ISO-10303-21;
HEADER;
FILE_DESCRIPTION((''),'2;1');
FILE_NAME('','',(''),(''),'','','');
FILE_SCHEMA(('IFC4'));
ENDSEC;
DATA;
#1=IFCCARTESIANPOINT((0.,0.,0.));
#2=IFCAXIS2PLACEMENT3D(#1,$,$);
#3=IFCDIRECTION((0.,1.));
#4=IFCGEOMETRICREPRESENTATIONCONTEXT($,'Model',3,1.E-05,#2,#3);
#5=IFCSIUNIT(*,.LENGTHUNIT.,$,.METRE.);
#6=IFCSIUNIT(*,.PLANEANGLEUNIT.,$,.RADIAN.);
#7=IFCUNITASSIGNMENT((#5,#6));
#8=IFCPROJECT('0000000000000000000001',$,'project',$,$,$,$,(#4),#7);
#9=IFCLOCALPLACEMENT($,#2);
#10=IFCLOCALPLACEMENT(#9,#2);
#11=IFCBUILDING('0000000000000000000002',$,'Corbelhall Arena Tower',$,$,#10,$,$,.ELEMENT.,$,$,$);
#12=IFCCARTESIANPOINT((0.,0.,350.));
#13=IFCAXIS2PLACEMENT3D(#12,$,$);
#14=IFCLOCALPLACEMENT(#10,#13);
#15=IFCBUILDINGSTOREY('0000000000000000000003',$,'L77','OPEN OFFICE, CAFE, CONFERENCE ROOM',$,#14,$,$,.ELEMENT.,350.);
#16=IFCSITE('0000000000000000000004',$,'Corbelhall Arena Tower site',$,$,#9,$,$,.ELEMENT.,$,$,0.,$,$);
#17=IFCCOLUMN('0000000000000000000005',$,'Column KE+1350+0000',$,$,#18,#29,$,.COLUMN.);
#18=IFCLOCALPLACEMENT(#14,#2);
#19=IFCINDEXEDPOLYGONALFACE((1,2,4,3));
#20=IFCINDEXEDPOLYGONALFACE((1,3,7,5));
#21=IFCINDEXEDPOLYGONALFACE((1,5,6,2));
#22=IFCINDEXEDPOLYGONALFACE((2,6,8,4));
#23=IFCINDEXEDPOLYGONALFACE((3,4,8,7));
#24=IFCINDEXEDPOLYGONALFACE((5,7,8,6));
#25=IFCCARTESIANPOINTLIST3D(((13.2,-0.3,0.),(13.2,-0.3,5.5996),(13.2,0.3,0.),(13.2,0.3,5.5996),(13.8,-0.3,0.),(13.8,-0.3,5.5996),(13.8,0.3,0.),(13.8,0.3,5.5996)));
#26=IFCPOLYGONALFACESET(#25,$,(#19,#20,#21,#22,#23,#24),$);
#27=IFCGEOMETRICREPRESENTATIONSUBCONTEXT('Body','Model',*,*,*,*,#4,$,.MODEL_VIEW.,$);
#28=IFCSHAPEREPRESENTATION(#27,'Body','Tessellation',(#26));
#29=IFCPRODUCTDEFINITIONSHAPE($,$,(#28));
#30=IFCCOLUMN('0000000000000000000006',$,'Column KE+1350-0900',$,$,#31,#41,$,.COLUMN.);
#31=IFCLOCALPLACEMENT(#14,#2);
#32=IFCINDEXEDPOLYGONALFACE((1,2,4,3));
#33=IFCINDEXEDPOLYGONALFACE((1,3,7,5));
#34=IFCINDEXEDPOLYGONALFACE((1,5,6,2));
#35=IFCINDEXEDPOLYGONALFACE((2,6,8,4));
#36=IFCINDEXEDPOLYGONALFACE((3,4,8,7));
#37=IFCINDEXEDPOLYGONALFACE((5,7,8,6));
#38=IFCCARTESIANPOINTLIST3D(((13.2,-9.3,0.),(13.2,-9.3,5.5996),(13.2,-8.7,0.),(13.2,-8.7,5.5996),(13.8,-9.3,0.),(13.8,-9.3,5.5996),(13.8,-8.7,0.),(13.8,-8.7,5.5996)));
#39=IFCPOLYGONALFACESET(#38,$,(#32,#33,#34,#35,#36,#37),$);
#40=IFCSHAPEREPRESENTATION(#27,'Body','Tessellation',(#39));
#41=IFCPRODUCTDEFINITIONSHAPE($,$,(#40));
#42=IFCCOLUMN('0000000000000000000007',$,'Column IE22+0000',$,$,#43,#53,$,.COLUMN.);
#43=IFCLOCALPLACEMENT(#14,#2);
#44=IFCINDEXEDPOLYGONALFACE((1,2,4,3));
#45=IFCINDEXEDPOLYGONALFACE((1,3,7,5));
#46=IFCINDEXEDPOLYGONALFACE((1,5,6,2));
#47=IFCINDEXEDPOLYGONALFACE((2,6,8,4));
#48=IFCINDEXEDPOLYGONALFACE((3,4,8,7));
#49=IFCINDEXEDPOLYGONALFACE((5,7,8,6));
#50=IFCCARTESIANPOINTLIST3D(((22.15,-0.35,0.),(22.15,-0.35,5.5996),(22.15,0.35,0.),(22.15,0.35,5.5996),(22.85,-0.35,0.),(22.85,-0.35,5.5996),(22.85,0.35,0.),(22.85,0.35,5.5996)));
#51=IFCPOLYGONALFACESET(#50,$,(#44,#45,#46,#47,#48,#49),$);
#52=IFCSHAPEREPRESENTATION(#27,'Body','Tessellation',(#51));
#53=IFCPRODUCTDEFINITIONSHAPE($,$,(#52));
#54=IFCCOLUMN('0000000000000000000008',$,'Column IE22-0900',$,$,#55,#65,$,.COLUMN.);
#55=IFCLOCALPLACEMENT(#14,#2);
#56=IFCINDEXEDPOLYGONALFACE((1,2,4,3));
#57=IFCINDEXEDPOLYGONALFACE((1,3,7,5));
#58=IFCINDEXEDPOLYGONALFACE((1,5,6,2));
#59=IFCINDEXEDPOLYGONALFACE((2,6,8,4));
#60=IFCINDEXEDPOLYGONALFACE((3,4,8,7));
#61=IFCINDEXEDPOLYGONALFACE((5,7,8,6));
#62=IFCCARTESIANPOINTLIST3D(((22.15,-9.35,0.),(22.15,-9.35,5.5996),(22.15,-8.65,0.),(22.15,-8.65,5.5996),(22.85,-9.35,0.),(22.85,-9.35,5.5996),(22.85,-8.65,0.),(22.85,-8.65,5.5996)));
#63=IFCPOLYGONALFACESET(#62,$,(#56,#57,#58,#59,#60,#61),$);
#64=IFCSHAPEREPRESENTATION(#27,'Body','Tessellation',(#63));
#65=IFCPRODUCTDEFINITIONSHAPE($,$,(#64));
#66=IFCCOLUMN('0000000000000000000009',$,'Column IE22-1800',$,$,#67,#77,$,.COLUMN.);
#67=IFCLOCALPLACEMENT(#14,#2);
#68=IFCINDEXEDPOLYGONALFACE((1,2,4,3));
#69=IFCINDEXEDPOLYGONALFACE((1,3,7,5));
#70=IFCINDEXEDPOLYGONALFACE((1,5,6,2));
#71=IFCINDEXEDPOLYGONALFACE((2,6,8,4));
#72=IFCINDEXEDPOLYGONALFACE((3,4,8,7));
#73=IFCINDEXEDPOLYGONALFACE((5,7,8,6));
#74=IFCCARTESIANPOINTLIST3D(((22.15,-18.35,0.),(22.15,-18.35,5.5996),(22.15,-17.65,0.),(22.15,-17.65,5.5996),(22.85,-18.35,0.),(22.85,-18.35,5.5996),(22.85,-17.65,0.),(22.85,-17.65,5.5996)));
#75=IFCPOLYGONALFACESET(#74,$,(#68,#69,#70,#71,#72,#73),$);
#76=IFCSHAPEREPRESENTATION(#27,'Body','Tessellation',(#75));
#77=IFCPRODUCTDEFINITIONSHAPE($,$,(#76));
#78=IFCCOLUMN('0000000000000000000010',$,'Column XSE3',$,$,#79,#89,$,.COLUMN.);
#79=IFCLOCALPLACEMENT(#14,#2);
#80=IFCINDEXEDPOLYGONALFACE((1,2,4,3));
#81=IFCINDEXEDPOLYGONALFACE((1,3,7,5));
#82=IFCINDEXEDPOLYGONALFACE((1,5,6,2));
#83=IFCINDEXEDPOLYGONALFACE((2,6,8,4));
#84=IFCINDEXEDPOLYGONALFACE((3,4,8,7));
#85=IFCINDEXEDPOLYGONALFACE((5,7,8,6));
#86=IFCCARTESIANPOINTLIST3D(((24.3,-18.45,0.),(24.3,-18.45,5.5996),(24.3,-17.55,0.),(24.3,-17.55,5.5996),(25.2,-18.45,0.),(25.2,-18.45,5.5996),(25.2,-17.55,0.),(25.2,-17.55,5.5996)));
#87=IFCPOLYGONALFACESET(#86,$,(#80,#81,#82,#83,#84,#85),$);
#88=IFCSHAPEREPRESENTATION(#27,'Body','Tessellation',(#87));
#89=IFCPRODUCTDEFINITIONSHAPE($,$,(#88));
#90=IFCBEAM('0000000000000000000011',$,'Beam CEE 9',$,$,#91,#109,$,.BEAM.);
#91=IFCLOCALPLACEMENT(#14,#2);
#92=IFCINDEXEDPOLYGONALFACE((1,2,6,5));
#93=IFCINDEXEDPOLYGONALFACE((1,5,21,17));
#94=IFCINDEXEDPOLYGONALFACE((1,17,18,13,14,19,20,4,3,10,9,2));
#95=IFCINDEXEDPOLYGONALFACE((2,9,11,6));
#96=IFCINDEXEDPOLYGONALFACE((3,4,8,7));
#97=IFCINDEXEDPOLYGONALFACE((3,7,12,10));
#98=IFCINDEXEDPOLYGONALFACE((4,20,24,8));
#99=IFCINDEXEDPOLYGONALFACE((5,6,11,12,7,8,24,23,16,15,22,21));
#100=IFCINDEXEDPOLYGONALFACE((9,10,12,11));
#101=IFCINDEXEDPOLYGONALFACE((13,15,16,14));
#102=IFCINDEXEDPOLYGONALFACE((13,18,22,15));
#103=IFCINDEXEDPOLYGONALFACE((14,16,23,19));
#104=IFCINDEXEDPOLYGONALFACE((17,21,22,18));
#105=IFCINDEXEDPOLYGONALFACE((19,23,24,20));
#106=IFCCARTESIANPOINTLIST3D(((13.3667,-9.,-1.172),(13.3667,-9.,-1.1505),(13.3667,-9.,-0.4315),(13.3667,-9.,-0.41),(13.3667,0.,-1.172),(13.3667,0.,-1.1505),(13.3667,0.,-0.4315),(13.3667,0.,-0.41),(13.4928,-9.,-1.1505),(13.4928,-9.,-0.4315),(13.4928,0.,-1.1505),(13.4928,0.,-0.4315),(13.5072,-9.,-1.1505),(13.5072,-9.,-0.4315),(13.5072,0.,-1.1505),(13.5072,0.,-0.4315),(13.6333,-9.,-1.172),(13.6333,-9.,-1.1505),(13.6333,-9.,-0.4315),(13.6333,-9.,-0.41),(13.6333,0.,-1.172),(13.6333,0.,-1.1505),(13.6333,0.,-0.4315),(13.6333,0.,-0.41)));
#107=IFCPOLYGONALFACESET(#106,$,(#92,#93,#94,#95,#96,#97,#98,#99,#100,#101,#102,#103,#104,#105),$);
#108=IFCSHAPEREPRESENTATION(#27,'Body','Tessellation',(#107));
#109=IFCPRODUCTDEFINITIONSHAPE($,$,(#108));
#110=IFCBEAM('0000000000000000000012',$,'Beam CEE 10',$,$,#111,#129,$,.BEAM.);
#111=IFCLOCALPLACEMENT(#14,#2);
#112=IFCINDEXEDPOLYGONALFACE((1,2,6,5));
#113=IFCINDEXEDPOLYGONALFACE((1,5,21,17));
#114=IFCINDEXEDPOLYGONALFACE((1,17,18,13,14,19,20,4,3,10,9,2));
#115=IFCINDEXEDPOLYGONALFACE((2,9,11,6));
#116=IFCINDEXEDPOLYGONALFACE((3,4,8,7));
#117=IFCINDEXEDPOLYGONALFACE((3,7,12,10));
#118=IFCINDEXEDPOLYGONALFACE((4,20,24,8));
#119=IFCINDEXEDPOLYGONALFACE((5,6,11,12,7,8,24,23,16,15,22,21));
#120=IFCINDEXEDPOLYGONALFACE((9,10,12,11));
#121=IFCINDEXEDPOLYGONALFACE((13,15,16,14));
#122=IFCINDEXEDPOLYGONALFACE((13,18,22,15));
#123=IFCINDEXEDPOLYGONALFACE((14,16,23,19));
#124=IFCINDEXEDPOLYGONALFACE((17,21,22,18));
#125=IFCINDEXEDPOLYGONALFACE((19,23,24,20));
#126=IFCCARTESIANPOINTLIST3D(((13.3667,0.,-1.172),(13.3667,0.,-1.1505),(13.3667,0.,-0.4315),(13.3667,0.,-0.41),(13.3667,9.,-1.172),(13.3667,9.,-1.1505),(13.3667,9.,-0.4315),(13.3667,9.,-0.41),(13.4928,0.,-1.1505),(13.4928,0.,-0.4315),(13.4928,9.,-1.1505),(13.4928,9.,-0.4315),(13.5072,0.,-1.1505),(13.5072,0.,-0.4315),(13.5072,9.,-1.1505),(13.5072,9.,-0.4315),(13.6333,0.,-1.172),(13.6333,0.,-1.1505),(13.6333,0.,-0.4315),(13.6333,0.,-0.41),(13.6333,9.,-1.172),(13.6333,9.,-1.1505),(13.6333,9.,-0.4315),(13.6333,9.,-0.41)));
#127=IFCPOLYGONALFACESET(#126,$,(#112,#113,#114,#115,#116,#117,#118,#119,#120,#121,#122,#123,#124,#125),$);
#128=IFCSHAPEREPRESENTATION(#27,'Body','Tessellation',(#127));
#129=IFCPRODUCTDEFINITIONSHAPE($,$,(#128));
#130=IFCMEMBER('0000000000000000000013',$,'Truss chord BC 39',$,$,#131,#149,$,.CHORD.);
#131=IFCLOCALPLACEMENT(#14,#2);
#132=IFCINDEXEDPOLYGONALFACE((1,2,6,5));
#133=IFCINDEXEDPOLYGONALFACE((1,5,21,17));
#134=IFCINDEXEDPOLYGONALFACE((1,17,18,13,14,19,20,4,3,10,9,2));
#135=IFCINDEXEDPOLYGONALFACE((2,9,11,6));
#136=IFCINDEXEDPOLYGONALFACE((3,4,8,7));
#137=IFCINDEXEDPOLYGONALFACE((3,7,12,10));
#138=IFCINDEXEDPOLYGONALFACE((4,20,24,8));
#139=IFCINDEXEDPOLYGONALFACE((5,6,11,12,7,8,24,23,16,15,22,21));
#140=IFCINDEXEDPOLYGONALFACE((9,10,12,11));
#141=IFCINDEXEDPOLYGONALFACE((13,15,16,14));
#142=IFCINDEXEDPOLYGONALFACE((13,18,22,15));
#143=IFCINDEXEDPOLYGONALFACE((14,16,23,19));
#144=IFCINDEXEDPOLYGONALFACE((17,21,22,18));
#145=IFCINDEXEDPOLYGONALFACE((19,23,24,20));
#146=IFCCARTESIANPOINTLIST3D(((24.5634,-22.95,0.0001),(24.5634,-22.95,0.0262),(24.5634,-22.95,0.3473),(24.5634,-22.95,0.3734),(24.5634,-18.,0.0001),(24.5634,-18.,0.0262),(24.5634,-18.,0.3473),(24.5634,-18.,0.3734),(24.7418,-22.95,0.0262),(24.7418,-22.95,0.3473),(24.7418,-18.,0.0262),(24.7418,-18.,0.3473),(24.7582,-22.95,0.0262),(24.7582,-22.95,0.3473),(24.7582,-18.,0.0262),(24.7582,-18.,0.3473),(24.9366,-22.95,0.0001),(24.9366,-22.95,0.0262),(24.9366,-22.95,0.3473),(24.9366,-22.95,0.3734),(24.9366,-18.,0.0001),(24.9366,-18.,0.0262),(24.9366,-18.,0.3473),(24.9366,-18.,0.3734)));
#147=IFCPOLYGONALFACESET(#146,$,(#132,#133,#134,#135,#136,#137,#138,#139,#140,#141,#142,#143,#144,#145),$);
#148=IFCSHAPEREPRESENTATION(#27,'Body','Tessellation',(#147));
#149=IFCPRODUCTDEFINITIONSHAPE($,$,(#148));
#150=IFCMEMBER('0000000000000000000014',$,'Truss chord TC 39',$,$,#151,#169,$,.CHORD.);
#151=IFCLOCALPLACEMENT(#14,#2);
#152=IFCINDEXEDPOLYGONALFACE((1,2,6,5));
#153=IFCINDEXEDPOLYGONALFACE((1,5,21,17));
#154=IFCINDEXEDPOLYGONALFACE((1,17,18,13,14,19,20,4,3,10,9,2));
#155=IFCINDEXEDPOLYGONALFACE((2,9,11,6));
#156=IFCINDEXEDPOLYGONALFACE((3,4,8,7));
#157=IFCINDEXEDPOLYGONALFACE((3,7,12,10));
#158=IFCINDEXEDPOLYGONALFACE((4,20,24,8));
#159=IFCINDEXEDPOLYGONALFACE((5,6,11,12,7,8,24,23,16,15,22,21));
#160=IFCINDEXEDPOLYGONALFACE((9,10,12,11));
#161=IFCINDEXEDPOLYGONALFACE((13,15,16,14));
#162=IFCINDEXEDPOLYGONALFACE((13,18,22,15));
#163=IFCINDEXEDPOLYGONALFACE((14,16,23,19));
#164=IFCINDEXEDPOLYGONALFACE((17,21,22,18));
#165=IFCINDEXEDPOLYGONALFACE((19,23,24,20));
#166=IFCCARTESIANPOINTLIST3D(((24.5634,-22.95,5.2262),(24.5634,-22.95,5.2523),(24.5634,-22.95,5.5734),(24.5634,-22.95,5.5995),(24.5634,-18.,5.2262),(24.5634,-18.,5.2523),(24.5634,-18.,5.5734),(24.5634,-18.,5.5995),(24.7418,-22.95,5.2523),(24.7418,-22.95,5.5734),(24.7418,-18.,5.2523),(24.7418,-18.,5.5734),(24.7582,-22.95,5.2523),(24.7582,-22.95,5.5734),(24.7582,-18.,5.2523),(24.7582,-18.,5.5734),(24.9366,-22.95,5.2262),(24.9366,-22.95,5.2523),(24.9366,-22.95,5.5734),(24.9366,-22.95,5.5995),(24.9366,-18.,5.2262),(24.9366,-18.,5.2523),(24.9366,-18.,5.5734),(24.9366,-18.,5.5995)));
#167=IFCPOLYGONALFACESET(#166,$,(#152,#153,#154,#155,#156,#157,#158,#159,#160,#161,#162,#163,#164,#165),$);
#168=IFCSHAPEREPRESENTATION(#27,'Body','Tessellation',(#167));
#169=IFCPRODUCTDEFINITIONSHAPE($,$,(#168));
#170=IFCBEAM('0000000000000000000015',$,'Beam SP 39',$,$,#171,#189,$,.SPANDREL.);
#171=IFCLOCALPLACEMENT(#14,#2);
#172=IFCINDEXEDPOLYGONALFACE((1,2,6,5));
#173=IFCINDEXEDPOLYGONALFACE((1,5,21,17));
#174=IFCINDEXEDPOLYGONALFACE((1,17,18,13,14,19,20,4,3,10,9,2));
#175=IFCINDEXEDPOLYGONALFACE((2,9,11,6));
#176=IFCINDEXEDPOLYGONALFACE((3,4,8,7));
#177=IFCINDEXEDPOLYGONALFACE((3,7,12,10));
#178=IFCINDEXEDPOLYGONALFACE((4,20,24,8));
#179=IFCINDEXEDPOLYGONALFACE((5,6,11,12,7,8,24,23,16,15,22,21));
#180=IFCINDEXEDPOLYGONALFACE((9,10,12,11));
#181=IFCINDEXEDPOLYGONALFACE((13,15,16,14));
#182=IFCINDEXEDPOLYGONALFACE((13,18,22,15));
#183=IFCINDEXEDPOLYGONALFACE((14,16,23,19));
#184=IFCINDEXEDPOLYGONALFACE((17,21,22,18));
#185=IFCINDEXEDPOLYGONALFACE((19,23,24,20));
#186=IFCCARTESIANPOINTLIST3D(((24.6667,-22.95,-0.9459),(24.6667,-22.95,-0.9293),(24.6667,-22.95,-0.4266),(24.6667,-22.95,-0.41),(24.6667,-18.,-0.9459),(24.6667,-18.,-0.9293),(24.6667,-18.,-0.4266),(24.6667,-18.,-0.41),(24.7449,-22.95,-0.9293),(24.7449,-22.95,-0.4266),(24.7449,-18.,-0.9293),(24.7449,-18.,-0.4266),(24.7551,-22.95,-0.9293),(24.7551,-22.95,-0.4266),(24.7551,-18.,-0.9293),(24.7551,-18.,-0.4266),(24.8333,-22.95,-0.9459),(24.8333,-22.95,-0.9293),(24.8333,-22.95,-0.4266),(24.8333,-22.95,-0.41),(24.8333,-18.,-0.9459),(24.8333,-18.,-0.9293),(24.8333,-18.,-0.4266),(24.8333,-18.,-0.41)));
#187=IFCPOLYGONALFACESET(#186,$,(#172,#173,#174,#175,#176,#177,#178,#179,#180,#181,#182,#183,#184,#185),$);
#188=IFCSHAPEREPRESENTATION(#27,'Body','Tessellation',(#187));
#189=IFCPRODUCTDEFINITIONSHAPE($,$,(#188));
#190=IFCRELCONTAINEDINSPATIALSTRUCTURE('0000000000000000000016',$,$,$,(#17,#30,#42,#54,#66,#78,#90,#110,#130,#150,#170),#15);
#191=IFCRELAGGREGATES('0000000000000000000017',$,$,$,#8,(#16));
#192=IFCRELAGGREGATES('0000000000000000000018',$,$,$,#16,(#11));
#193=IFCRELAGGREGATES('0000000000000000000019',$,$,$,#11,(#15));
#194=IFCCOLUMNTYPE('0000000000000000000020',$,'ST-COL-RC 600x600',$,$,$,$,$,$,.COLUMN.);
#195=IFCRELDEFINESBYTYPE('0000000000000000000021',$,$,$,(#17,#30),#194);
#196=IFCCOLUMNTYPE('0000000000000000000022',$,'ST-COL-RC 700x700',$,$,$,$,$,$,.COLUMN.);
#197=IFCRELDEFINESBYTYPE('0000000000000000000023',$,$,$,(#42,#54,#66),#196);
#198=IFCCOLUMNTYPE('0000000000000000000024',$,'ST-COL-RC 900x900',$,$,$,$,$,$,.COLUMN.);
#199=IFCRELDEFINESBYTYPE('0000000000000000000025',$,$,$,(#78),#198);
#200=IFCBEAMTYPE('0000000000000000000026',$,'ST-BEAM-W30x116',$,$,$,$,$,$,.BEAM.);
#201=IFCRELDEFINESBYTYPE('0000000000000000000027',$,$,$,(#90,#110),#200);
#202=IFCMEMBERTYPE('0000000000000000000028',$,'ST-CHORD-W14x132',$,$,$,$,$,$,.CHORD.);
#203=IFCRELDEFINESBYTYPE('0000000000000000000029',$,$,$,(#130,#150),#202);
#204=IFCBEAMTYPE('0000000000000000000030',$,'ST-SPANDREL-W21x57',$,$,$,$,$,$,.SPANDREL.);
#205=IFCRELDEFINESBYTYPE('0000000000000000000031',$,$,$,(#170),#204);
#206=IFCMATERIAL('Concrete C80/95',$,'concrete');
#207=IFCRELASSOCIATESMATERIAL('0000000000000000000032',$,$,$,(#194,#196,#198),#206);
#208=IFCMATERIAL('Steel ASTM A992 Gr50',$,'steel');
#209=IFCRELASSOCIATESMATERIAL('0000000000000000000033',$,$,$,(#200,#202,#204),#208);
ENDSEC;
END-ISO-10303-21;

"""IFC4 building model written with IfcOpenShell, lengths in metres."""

from ifc_helpers import new_model, si_unit, direction, frame, origin, origin_2d, place, context, subcontext, project, spatial, rectangle, i_section, extrude, material, material_profile, profile_set, type_object, element, save


model = new_model("IFC4")

# Units and contexts
model_context = context("Model", 3, precision=1e-05, world=origin(), true_north=direction((0.0, 1.0)))
body_context = subcontext(model_context, "Body", "Model", "MODEL_VIEW")
ifc_project = project(units=[si_unit("LENGTHUNIT", "METRE"), si_unit("PLANEANGLEUNIT", "RADIAN")], contexts=[model_context])

# Site, building, storey
site_placement = place(None, origin())
site = spatial("IfcSite", under=ifc_project, at=site_placement, Name="Corbelhall Arena Tower site", CompositionType="ELEMENT", RefElevation=0.0)
building_placement = place(site_placement, origin())
building = spatial("IfcBuilding", under=site, at=building_placement, Name="Corbelhall Arena Tower", CompositionType="ELEMENT")
storey_placement = place(building_placement, frame((0.0, 0.0, 350.0)))
storey = spatial("IfcBuildingStorey", under=building, at=storey_placement, Name="L77", Description="OPEN OFFICE, CAFE, CONFERENCE ROOM", CompositionType="ELEMENT", Elevation=350.0)

# Columns
ifc_material_1 = material(Name="Concrete C80/95", Category="concrete")
ifc_material_profile_1 = material_profile(ifc_material_1, rectangle(XDim=0.6001, YDim=0.6001, at=origin_2d()))
ifc_profile_set_1 = profile_set([ifc_material_profile_1], Name="Concrete C80/95")
column_type_1 = type_object("IfcColumnType", Name="ST-COL-RC 600x600", PredefinedType="COLUMN", material=ifc_profile_set_1)
for number, where, z_axis, x_axis, name in (
    (1, (13.5, 0.0, 0.0), (0.0, 0.0, 1.0), (1.0, 0.0, 0.0), "Column KE+1350+0000"),
    (2, (13.5, -9.0, 0.0), (0.0, 0.0, 1.0), (1.0, 0.0, 0.0), "Column KE+1350-0900"),
):
    element("IfcColumn", number, at=place(storey_placement, frame(where, z_axis=z_axis, x_axis=x_axis)), inside=storey, type_object=column_type_1, Name=name, PredefinedType="COLUMN", context=body_context, shape_type="SweptSolid", body=[
        extrude(rectangle(XDim=0.6001, YDim=0.6001, at=origin_2d()), origin(), (0.0, 0.0, 1.0), 5.5996),
    ])
ifc_material_profile_2 = material_profile(ifc_material_1, rectangle(XDim=0.7, YDim=0.7, at=origin_2d()))
ifc_profile_set_2 = profile_set([ifc_material_profile_2], Name="Concrete C80/95")
column_type_2 = type_object("IfcColumnType", Name="ST-COL-RC 700x700", PredefinedType="COLUMN", material=ifc_profile_set_2)
for number, where, z_axis, x_axis, name in (
    (3, (22.5, 0.0, 0.0), (0.0, 0.0, 1.0), (1.0, 0.0, 0.0), "Column IE22+0000"),
    (4, (22.5, -9.0, 0.0), (0.0, 0.0, 1.0), (1.0, 0.0, 0.0), "Column IE22-0900"),
    (5, (22.5, -18.0, 0.0), (0.0, 0.0, 1.0), (1.0, 0.0, 0.0), "Column IE22-1800"),
):
    element("IfcColumn", number, at=place(storey_placement, frame(where, z_axis=z_axis, x_axis=x_axis)), inside=storey, type_object=column_type_2, Name=name, PredefinedType="COLUMN", context=body_context, shape_type="SweptSolid", body=[
        extrude(rectangle(XDim=0.7, YDim=0.7, at=origin_2d()), origin(), (0.0, 0.0, 1.0), 5.5996),
    ])
ifc_material_profile_3 = material_profile(ifc_material_1, rectangle(XDim=0.8999, YDim=0.8999, at=origin_2d()))
ifc_profile_set_3 = profile_set([ifc_material_profile_3], Name="Concrete C80/95")
column_type_3 = type_object("IfcColumnType", Name="ST-COL-RC 900x900", PredefinedType="COLUMN", material=ifc_profile_set_3)
column_placement = place(storey_placement, frame((24.75, -18.0, 0.0), z_axis=(0.0, 0.0, 1.0), x_axis=(1.0, 0.0, 0.0)))
element("IfcColumn", 6, at=column_placement, inside=storey, type_object=column_type_3, Name="Column XSE3", PredefinedType="COLUMN", context=body_context, shape_type="SweptSolid", body=[
    extrude(rectangle(XDim=0.8999, YDim=0.8999, at=origin_2d()), origin(), (0.0, 0.0, 1.0), 5.5996),
])

# Beams
ifc_material_2 = material(Name="Steel ASTM A992 Gr50", Category="steel")
ifc_material_profile_4 = material_profile(ifc_material_2, i_section(OverallWidth=0.2666, OverallDepth=0.762, WebThickness=0.0144, FlangeThickness=0.0215, at=origin_2d()))
ifc_profile_set_4 = profile_set([ifc_material_profile_4], Name="Steel ASTM A992 Gr50")
beam_type_1 = type_object("IfcBeamType", Name="ST-BEAM-W30x116", PredefinedType="BEAM", material=ifc_profile_set_4)
for number, where, z_axis, x_axis, name in (
    (7, (13.5, -9.0, -0.791), (0.0, 1.0, 0.0), (-1.0, 0.0, 0.0), "Beam CEE 9"),
    (8, (13.5, 0.0, -0.791), (0.0, 1.0, 0.0), (-1.0, 0.0, 0.0), "Beam CEE 10"),
):
    element("IfcBeam", number, at=place(storey_placement, frame(where, z_axis=z_axis, x_axis=x_axis)), inside=storey, type_object=beam_type_1, Name=name, PredefinedType="BEAM", context=body_context, shape_type="SweptSolid", body=[
        extrude(i_section(OverallWidth=0.2666, OverallDepth=0.762, WebThickness=0.0144, FlangeThickness=0.0215, at=origin_2d()), origin(), (0.0, 0.0, 1.0), 9.0),
    ])

# Members
ifc_material_profile_5 = material_profile(ifc_material_2, i_section(OverallWidth=0.3733, OverallDepth=0.3733, WebThickness=0.0164, FlangeThickness=0.0261, at=origin_2d()))
ifc_profile_set_5 = profile_set([ifc_material_profile_5], Name="Steel ASTM A992 Gr50")
member_type_1 = type_object("IfcMemberType", Name="ST-CHORD-W14x132", PredefinedType="CHORD", material=ifc_profile_set_5)
for number, where, z_axis, x_axis, name in (
    (9, (24.75, -18.0, 0.1868), (0.0, -1.0, 0.0), (1.0, 0.0, 0.0), "Truss chord BC 39"),
    (10, (24.75, -18.0, 5.4128), (0.0, -1.0, 0.0), (1.0, 0.0, 0.0), "Truss chord TC 39"),
):
    element("IfcMember", number, at=place(storey_placement, frame(where, z_axis=z_axis, x_axis=x_axis)), inside=storey, type_object=member_type_1, Name=name, PredefinedType="CHORD", context=body_context, shape_type="SweptSolid", body=[
        extrude(i_section(OverallWidth=0.3733, OverallDepth=0.3733, WebThickness=0.0164, FlangeThickness=0.0261, at=origin_2d()), origin(), (0.0, 0.0, 1.0), 4.95),
    ])

# Beam
ifc_material_profile_6 = material_profile(ifc_material_2, i_section(OverallWidth=0.1665, OverallDepth=0.5359, WebThickness=0.0103, FlangeThickness=0.0166, at=origin_2d()))
ifc_profile_set_6 = profile_set([ifc_material_profile_6], Name="Steel ASTM A992 Gr50")
beam_type_2 = type_object("IfcBeamType", Name="ST-SPANDREL-W21x57", PredefinedType="SPANDREL", material=ifc_profile_set_6)
beam_placement = place(storey_placement, frame((24.75, -18.0, -0.678), z_axis=(0.0, -1.0, 0.0), x_axis=(1.0, 0.0, 0.0)))
element("IfcBeam", 11, at=beam_placement, inside=storey, type_object=beam_type_2, Name="Beam SP 39", PredefinedType="SPANDREL", context=body_context, shape_type="SweptSolid", body=[
    extrude(i_section(OverallWidth=0.1665, OverallDepth=0.5359, WebThickness=0.0103, FlangeThickness=0.0166, at=origin_2d()), origin(), (0.0, 0.0, 1.0), 4.95),
])

save(model, "model.ifc")
